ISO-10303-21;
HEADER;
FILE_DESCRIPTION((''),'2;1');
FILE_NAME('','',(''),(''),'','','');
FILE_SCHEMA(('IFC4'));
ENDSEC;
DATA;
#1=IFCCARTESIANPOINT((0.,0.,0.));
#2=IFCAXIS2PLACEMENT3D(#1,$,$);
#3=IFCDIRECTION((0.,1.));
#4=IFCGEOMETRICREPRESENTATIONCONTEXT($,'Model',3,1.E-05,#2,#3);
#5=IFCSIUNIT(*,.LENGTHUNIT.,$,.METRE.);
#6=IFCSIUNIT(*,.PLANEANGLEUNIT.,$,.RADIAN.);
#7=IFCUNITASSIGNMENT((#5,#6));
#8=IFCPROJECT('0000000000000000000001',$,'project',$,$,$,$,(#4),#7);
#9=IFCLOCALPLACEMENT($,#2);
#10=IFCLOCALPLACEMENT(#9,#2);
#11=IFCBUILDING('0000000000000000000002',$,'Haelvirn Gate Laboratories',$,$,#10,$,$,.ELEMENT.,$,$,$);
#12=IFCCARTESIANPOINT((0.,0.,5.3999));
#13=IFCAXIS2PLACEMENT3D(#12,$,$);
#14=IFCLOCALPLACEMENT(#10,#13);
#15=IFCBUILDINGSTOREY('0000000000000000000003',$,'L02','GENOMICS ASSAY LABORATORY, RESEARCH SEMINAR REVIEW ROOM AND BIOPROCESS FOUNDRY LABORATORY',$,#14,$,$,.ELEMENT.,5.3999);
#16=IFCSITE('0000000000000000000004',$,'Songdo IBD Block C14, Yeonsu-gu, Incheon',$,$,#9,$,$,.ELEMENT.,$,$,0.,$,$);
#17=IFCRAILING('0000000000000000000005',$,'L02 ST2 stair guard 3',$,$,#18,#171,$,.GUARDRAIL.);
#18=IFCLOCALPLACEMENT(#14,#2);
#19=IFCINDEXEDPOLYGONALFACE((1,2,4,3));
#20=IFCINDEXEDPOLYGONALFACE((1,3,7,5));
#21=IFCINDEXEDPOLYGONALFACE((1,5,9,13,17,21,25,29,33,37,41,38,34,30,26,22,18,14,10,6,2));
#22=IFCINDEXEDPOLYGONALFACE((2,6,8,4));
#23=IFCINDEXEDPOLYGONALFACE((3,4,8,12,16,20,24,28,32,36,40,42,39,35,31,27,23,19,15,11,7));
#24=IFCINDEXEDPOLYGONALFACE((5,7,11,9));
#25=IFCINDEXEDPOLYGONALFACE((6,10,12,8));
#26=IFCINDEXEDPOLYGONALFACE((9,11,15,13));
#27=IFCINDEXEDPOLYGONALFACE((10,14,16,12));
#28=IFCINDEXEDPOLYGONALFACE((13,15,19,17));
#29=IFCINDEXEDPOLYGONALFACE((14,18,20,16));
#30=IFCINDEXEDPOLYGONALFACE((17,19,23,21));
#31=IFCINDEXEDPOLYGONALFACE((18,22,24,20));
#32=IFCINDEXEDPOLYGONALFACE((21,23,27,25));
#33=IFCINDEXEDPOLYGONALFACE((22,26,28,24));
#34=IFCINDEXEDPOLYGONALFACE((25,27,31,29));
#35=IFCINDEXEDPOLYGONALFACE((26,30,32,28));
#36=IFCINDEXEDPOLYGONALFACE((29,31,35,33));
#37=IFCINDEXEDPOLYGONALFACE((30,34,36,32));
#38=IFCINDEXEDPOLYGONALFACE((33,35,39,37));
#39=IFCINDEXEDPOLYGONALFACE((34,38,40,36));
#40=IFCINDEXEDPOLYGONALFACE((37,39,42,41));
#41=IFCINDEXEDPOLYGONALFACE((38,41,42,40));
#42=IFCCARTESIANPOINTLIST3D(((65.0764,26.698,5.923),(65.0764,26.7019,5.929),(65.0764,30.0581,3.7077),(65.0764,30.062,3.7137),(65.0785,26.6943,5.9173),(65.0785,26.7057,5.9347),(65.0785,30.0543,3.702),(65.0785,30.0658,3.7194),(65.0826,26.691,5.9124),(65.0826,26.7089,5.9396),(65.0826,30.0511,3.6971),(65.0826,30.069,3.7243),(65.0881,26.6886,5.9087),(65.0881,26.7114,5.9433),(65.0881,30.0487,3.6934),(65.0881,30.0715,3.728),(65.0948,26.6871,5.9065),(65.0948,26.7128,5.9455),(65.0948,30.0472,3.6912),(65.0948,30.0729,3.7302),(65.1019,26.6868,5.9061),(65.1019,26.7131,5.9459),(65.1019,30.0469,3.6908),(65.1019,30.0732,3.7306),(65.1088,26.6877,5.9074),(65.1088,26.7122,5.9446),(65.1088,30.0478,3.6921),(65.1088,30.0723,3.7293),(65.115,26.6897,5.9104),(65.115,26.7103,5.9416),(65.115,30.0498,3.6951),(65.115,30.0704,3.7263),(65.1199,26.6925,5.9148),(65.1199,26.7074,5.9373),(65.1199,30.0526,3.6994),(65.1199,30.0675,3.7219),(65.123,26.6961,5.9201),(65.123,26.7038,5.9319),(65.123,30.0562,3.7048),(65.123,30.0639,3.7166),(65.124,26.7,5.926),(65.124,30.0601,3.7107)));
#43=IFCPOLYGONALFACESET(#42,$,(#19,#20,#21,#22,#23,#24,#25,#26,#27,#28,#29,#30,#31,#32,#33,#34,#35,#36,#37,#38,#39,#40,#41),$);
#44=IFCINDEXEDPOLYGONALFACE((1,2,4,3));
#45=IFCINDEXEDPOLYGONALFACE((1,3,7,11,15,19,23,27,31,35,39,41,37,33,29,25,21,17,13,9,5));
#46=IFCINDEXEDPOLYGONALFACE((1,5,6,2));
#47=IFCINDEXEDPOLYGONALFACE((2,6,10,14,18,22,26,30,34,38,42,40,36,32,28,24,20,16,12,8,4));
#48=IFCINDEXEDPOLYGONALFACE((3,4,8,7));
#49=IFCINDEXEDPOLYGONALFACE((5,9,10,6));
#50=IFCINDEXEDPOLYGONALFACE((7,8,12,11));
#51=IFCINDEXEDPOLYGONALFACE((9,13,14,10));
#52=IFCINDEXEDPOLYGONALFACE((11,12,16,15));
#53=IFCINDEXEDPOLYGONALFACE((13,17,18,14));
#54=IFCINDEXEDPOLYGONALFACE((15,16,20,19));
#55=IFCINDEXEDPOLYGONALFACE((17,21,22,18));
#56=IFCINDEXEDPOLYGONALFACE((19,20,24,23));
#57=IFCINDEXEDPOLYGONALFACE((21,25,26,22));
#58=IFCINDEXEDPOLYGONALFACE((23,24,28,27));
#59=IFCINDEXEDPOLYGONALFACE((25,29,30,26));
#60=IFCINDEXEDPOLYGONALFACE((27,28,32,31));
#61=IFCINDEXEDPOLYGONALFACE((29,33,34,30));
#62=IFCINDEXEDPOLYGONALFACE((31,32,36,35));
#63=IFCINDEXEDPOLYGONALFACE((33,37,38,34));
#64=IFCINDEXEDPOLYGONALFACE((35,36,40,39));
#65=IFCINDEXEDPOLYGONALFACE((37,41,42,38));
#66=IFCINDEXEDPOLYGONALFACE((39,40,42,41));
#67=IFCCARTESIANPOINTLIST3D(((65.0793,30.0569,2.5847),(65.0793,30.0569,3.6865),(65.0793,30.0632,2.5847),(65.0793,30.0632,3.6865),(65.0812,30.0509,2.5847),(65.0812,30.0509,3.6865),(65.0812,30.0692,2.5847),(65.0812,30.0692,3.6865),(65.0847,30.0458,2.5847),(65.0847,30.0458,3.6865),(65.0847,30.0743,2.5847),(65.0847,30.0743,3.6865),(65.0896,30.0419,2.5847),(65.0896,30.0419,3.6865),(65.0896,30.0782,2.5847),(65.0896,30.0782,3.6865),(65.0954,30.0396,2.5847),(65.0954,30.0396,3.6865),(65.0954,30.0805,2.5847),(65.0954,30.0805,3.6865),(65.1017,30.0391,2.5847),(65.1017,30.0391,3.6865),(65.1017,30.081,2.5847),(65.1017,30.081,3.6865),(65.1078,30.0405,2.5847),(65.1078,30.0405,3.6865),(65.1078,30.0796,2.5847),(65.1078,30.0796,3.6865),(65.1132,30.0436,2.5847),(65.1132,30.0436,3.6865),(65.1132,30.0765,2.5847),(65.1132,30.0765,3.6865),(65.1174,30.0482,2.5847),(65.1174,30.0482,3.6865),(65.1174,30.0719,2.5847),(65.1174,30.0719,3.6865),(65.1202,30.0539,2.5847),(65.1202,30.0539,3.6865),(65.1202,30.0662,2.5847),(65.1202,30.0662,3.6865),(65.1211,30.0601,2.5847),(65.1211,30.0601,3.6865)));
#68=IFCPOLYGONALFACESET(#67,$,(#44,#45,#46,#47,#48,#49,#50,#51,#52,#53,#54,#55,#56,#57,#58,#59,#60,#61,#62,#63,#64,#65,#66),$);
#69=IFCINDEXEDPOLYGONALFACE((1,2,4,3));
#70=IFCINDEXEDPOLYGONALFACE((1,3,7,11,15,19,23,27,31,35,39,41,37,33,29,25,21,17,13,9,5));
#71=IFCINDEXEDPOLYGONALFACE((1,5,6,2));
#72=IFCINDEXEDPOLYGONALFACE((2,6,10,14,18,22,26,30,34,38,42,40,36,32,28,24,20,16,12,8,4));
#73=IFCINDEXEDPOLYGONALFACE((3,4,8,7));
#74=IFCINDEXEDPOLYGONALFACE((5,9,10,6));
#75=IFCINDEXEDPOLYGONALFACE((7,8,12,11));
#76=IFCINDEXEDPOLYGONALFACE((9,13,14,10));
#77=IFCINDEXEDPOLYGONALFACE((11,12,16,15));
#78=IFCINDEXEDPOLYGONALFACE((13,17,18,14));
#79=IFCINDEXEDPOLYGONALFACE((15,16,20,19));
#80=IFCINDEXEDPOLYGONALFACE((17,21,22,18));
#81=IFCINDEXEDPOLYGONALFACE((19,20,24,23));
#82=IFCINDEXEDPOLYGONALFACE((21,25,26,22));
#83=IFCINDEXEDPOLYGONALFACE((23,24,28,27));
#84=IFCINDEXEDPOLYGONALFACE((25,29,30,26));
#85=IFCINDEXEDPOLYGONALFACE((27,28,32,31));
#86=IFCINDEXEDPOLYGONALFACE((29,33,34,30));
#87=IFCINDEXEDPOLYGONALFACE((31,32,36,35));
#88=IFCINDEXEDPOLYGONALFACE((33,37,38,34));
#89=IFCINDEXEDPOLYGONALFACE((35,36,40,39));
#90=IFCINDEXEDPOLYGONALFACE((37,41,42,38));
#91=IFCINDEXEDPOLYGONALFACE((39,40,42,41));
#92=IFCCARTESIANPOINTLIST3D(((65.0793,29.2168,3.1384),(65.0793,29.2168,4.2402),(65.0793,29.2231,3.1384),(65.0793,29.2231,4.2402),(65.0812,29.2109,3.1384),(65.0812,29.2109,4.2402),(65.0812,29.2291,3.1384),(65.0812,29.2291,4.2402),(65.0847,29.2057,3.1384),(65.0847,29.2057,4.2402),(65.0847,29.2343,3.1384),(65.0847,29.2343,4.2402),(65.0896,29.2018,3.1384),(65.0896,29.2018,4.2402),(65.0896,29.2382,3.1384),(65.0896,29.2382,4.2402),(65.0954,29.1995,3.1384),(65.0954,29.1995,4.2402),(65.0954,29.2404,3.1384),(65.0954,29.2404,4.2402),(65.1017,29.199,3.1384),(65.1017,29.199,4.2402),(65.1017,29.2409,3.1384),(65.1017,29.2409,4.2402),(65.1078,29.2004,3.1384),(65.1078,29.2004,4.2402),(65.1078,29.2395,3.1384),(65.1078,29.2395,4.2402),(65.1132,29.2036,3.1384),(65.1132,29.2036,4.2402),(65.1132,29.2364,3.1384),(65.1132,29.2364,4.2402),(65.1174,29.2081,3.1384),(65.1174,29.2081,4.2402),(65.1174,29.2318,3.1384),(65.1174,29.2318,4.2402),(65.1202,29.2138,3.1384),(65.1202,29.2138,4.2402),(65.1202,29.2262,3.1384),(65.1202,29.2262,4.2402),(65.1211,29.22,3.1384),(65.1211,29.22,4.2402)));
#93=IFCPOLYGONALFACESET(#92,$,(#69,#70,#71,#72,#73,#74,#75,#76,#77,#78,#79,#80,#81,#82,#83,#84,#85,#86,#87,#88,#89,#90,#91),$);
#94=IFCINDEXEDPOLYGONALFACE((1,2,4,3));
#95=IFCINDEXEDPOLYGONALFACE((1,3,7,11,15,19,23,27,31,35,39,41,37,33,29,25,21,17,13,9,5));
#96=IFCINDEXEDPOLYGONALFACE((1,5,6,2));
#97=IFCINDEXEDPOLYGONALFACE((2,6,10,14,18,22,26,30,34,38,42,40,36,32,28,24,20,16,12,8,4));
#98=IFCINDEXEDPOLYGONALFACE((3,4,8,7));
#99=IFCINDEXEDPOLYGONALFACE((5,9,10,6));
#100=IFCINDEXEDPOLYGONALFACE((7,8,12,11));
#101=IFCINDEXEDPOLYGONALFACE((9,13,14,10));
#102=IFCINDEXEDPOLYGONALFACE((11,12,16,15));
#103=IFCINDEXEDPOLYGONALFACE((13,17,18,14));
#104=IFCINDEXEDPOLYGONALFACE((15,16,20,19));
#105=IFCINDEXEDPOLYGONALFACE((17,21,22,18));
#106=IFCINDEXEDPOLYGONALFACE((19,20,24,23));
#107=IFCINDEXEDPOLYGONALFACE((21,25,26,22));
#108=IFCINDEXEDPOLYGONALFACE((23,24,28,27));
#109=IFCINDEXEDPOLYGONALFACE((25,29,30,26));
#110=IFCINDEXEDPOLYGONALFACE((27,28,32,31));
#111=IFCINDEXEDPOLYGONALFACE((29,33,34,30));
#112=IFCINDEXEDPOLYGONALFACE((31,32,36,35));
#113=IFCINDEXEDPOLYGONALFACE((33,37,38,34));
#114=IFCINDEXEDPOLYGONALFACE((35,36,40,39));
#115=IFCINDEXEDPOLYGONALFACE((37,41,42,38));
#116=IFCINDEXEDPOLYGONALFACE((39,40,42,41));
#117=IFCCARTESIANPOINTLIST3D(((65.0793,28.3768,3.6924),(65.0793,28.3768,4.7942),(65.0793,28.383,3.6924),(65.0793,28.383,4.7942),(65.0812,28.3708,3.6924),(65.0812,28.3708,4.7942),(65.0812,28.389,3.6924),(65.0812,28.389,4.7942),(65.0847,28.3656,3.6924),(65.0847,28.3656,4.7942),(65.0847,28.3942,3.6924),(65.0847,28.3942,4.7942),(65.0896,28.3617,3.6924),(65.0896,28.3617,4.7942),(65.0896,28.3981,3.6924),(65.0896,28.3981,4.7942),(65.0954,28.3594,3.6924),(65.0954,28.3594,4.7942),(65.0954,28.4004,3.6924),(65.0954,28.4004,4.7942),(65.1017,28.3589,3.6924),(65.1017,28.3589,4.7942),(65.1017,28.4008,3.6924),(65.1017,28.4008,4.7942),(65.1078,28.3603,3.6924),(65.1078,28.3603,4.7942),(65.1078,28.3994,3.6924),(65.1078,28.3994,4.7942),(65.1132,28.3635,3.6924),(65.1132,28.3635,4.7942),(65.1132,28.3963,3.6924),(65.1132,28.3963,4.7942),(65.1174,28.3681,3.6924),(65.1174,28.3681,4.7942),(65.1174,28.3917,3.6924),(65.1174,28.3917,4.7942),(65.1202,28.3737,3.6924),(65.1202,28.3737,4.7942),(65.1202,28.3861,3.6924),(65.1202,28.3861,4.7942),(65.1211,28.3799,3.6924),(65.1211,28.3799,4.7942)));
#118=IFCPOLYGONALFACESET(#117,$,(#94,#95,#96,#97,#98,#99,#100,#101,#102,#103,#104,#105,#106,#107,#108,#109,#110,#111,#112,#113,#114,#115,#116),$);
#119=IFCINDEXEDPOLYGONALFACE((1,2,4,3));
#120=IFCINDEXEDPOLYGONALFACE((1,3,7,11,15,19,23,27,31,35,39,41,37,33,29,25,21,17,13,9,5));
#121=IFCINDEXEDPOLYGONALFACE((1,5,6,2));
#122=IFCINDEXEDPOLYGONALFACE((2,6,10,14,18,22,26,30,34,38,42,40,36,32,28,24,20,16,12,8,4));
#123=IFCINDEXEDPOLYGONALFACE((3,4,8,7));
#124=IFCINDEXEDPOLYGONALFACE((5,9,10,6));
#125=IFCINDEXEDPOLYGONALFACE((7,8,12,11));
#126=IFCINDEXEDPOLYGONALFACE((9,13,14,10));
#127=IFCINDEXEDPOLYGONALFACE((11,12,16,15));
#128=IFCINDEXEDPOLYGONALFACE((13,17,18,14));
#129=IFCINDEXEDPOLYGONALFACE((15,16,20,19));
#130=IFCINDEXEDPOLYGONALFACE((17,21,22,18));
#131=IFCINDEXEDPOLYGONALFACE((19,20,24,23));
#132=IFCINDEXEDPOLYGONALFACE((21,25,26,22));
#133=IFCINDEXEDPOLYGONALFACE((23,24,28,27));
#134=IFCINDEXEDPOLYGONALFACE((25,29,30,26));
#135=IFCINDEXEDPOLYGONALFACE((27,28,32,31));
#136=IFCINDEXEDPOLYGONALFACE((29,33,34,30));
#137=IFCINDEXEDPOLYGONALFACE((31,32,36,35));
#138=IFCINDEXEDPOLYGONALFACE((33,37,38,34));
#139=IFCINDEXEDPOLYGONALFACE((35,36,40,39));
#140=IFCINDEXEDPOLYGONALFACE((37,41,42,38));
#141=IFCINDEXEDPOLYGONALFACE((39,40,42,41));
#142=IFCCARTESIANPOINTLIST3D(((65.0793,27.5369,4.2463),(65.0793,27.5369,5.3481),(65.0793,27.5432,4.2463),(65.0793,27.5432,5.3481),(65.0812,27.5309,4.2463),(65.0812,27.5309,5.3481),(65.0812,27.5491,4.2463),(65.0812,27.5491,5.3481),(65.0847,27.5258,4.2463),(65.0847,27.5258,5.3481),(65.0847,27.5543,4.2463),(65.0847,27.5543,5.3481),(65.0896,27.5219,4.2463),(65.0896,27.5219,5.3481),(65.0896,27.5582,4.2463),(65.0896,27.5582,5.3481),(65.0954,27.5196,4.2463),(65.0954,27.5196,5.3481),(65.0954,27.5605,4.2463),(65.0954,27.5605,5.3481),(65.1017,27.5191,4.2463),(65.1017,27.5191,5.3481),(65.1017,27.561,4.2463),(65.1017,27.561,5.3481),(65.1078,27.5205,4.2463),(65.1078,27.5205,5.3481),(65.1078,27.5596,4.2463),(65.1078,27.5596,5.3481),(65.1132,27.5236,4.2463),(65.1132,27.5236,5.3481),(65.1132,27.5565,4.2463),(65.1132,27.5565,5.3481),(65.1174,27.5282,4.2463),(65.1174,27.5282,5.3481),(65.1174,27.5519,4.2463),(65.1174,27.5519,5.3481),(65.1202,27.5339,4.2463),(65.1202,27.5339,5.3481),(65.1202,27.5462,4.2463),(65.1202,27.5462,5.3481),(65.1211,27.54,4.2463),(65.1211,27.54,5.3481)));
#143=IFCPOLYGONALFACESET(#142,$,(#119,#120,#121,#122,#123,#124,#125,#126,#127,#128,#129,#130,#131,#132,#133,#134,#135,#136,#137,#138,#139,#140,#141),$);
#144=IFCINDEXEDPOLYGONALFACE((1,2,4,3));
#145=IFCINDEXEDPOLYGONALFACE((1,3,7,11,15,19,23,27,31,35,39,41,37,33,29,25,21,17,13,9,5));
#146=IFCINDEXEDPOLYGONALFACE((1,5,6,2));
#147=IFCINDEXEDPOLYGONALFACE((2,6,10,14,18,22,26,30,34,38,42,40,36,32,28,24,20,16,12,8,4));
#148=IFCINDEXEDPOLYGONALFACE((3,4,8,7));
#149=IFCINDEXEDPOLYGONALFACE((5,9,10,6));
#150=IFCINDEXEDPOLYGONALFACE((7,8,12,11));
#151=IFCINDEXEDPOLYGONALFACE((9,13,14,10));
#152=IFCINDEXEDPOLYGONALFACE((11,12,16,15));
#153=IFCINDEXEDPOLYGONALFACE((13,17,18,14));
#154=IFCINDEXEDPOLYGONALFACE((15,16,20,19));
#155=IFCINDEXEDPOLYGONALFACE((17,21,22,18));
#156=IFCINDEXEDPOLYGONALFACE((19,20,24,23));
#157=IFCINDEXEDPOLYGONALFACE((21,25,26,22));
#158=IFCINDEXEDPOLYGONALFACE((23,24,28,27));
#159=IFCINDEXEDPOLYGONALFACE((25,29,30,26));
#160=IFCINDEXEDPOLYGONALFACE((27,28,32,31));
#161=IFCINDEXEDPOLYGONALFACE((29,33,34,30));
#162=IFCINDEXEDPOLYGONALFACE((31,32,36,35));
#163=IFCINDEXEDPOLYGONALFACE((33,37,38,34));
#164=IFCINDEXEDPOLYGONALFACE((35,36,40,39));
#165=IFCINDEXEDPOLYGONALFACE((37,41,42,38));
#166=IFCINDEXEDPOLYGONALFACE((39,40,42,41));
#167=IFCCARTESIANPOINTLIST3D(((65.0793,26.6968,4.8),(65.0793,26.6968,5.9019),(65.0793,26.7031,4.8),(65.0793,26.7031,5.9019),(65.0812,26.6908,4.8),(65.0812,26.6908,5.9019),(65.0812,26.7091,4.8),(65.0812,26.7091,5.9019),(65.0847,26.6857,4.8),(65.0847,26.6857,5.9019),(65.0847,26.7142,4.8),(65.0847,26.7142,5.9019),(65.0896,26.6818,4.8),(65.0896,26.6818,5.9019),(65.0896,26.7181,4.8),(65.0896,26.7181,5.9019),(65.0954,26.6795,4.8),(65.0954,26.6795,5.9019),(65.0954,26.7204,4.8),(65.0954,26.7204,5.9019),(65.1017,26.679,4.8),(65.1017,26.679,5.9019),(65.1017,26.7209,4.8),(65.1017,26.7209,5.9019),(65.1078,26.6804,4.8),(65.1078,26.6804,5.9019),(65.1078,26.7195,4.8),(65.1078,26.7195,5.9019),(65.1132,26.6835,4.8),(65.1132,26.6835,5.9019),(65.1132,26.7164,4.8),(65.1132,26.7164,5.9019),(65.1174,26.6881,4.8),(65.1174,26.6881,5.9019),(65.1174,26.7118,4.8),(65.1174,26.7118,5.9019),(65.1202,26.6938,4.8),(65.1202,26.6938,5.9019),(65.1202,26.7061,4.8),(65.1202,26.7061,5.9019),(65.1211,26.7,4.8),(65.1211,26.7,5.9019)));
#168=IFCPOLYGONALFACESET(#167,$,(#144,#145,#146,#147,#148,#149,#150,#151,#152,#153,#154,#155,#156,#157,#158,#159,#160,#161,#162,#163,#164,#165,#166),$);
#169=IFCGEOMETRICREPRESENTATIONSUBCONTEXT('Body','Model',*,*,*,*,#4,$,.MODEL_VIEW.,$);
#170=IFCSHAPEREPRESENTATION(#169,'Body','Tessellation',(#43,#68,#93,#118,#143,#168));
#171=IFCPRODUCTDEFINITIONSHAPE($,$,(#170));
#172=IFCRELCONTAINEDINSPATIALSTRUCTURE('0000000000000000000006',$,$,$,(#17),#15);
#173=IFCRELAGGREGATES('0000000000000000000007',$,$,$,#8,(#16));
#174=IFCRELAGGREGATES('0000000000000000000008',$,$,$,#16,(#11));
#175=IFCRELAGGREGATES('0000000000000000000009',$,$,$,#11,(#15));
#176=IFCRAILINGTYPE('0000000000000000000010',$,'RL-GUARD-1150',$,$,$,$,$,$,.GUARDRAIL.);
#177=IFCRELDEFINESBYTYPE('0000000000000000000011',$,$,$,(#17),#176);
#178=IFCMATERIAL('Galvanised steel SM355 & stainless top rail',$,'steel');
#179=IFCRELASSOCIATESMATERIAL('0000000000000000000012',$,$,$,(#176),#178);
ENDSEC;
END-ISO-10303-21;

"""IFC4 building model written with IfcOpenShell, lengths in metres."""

from ifc_helpers import new_model, si_unit, direction, frame, origin, origin_2d, place, context, subcontext, project, spatial, circle, extrude, source, transform, mapped, material, type_object, element, save


model = new_model("IFC4")

# Units and contexts
model_context = context("Model", 3, precision=1e-05, world=origin(), true_north=direction((0.0, 1.0)))
body_context = subcontext(model_context, "Body", "Model", "MODEL_VIEW")
ifc_project = project(units=[si_unit("LENGTHUNIT", "METRE"), si_unit("PLANEANGLEUNIT", "RADIAN")], contexts=[model_context])

# Site, building, storey
site_placement = place(None, origin())
site = spatial("IfcSite", under=ifc_project, at=site_placement, Name="Songdo IBD Block C14, Yeonsu-gu, Incheon", CompositionType="ELEMENT", RefElevation=0.0)
building_placement = place(site_placement, origin())
building = spatial("IfcBuilding", under=site, at=building_placement, Name="Haelvirn Gate Laboratories", CompositionType="ELEMENT")
storey_placement = place(building_placement, frame((0.0, 0.0, 5.3999)))
storey = spatial("IfcBuildingStorey", under=building, at=storey_placement, Name="L02", Description="GENOMICS ASSAY LABORATORY, RESEARCH SEMINAR REVIEW ROOM AND BIOPROCESS FOUNDRY LABORATORY", CompositionType="ELEMENT", Elevation=5.3999)

# Railing
ifc_material_1 = material(Name="Galvanised steel SM355 & stainless top rail", Category="steel")
railing_type_1 = type_object("IfcRailingType", Name="RL-GUARD-1150", PredefinedType="GUARDRAIL", material=ifc_material_1)
shared_shape_1 = source(origin(), body_context, "Body", "SweptSolid", [
    extrude(circle(Radius=0.0239, at=origin_2d()), frame((0.0, 0.0, 1.126), z_axis=(0.0, -0.834876, 0.550437), x_axis=(1.0, 0.0, 0.0)), (0.0, 0.0, 1.0), 4.0247),
    extrude(circle(Radius=0.021, at=origin_2d()), origin(), (0.0, 0.0, 1.0), 1.1018),
    extrude(circle(Radius=0.021, at=origin_2d()), frame((0.0, -0.8401, 0.5537)), (0.0, 0.0, 1.0), 1.1018),
    extrude(circle(Radius=0.021, at=origin_2d()), frame((0.0, -1.6802, 1.1077)), (0.0, 0.0, 1.0), 1.1018),
    extrude(circle(Radius=0.021, at=origin_2d()), frame((0.0, -2.52, 1.6616)), (0.0, 0.0, 1.0), 1.1018),
    extrude(circle(Radius=0.021, at=origin_2d()), frame((0.0, -3.3601, 2.2153)), (0.0, 0.0, 1.0), 1.1018),
])
railing_1_placement = place(storey_placement, frame((65.1001, 30.0601, 2.5847)))
element("IfcRailing", 1, at=railing_1_placement, inside=storey, type_object=railing_type_1, Name="L02 ST2 stair guard 3", PredefinedType="GUARDRAIL", context=body_context, shape_type="MappedRepresentation", body=[
    mapped(shared_shape_1, transform((0.0, 0.0, 0.0), scale=1.0)),
])

save(model, "model.ifc")
